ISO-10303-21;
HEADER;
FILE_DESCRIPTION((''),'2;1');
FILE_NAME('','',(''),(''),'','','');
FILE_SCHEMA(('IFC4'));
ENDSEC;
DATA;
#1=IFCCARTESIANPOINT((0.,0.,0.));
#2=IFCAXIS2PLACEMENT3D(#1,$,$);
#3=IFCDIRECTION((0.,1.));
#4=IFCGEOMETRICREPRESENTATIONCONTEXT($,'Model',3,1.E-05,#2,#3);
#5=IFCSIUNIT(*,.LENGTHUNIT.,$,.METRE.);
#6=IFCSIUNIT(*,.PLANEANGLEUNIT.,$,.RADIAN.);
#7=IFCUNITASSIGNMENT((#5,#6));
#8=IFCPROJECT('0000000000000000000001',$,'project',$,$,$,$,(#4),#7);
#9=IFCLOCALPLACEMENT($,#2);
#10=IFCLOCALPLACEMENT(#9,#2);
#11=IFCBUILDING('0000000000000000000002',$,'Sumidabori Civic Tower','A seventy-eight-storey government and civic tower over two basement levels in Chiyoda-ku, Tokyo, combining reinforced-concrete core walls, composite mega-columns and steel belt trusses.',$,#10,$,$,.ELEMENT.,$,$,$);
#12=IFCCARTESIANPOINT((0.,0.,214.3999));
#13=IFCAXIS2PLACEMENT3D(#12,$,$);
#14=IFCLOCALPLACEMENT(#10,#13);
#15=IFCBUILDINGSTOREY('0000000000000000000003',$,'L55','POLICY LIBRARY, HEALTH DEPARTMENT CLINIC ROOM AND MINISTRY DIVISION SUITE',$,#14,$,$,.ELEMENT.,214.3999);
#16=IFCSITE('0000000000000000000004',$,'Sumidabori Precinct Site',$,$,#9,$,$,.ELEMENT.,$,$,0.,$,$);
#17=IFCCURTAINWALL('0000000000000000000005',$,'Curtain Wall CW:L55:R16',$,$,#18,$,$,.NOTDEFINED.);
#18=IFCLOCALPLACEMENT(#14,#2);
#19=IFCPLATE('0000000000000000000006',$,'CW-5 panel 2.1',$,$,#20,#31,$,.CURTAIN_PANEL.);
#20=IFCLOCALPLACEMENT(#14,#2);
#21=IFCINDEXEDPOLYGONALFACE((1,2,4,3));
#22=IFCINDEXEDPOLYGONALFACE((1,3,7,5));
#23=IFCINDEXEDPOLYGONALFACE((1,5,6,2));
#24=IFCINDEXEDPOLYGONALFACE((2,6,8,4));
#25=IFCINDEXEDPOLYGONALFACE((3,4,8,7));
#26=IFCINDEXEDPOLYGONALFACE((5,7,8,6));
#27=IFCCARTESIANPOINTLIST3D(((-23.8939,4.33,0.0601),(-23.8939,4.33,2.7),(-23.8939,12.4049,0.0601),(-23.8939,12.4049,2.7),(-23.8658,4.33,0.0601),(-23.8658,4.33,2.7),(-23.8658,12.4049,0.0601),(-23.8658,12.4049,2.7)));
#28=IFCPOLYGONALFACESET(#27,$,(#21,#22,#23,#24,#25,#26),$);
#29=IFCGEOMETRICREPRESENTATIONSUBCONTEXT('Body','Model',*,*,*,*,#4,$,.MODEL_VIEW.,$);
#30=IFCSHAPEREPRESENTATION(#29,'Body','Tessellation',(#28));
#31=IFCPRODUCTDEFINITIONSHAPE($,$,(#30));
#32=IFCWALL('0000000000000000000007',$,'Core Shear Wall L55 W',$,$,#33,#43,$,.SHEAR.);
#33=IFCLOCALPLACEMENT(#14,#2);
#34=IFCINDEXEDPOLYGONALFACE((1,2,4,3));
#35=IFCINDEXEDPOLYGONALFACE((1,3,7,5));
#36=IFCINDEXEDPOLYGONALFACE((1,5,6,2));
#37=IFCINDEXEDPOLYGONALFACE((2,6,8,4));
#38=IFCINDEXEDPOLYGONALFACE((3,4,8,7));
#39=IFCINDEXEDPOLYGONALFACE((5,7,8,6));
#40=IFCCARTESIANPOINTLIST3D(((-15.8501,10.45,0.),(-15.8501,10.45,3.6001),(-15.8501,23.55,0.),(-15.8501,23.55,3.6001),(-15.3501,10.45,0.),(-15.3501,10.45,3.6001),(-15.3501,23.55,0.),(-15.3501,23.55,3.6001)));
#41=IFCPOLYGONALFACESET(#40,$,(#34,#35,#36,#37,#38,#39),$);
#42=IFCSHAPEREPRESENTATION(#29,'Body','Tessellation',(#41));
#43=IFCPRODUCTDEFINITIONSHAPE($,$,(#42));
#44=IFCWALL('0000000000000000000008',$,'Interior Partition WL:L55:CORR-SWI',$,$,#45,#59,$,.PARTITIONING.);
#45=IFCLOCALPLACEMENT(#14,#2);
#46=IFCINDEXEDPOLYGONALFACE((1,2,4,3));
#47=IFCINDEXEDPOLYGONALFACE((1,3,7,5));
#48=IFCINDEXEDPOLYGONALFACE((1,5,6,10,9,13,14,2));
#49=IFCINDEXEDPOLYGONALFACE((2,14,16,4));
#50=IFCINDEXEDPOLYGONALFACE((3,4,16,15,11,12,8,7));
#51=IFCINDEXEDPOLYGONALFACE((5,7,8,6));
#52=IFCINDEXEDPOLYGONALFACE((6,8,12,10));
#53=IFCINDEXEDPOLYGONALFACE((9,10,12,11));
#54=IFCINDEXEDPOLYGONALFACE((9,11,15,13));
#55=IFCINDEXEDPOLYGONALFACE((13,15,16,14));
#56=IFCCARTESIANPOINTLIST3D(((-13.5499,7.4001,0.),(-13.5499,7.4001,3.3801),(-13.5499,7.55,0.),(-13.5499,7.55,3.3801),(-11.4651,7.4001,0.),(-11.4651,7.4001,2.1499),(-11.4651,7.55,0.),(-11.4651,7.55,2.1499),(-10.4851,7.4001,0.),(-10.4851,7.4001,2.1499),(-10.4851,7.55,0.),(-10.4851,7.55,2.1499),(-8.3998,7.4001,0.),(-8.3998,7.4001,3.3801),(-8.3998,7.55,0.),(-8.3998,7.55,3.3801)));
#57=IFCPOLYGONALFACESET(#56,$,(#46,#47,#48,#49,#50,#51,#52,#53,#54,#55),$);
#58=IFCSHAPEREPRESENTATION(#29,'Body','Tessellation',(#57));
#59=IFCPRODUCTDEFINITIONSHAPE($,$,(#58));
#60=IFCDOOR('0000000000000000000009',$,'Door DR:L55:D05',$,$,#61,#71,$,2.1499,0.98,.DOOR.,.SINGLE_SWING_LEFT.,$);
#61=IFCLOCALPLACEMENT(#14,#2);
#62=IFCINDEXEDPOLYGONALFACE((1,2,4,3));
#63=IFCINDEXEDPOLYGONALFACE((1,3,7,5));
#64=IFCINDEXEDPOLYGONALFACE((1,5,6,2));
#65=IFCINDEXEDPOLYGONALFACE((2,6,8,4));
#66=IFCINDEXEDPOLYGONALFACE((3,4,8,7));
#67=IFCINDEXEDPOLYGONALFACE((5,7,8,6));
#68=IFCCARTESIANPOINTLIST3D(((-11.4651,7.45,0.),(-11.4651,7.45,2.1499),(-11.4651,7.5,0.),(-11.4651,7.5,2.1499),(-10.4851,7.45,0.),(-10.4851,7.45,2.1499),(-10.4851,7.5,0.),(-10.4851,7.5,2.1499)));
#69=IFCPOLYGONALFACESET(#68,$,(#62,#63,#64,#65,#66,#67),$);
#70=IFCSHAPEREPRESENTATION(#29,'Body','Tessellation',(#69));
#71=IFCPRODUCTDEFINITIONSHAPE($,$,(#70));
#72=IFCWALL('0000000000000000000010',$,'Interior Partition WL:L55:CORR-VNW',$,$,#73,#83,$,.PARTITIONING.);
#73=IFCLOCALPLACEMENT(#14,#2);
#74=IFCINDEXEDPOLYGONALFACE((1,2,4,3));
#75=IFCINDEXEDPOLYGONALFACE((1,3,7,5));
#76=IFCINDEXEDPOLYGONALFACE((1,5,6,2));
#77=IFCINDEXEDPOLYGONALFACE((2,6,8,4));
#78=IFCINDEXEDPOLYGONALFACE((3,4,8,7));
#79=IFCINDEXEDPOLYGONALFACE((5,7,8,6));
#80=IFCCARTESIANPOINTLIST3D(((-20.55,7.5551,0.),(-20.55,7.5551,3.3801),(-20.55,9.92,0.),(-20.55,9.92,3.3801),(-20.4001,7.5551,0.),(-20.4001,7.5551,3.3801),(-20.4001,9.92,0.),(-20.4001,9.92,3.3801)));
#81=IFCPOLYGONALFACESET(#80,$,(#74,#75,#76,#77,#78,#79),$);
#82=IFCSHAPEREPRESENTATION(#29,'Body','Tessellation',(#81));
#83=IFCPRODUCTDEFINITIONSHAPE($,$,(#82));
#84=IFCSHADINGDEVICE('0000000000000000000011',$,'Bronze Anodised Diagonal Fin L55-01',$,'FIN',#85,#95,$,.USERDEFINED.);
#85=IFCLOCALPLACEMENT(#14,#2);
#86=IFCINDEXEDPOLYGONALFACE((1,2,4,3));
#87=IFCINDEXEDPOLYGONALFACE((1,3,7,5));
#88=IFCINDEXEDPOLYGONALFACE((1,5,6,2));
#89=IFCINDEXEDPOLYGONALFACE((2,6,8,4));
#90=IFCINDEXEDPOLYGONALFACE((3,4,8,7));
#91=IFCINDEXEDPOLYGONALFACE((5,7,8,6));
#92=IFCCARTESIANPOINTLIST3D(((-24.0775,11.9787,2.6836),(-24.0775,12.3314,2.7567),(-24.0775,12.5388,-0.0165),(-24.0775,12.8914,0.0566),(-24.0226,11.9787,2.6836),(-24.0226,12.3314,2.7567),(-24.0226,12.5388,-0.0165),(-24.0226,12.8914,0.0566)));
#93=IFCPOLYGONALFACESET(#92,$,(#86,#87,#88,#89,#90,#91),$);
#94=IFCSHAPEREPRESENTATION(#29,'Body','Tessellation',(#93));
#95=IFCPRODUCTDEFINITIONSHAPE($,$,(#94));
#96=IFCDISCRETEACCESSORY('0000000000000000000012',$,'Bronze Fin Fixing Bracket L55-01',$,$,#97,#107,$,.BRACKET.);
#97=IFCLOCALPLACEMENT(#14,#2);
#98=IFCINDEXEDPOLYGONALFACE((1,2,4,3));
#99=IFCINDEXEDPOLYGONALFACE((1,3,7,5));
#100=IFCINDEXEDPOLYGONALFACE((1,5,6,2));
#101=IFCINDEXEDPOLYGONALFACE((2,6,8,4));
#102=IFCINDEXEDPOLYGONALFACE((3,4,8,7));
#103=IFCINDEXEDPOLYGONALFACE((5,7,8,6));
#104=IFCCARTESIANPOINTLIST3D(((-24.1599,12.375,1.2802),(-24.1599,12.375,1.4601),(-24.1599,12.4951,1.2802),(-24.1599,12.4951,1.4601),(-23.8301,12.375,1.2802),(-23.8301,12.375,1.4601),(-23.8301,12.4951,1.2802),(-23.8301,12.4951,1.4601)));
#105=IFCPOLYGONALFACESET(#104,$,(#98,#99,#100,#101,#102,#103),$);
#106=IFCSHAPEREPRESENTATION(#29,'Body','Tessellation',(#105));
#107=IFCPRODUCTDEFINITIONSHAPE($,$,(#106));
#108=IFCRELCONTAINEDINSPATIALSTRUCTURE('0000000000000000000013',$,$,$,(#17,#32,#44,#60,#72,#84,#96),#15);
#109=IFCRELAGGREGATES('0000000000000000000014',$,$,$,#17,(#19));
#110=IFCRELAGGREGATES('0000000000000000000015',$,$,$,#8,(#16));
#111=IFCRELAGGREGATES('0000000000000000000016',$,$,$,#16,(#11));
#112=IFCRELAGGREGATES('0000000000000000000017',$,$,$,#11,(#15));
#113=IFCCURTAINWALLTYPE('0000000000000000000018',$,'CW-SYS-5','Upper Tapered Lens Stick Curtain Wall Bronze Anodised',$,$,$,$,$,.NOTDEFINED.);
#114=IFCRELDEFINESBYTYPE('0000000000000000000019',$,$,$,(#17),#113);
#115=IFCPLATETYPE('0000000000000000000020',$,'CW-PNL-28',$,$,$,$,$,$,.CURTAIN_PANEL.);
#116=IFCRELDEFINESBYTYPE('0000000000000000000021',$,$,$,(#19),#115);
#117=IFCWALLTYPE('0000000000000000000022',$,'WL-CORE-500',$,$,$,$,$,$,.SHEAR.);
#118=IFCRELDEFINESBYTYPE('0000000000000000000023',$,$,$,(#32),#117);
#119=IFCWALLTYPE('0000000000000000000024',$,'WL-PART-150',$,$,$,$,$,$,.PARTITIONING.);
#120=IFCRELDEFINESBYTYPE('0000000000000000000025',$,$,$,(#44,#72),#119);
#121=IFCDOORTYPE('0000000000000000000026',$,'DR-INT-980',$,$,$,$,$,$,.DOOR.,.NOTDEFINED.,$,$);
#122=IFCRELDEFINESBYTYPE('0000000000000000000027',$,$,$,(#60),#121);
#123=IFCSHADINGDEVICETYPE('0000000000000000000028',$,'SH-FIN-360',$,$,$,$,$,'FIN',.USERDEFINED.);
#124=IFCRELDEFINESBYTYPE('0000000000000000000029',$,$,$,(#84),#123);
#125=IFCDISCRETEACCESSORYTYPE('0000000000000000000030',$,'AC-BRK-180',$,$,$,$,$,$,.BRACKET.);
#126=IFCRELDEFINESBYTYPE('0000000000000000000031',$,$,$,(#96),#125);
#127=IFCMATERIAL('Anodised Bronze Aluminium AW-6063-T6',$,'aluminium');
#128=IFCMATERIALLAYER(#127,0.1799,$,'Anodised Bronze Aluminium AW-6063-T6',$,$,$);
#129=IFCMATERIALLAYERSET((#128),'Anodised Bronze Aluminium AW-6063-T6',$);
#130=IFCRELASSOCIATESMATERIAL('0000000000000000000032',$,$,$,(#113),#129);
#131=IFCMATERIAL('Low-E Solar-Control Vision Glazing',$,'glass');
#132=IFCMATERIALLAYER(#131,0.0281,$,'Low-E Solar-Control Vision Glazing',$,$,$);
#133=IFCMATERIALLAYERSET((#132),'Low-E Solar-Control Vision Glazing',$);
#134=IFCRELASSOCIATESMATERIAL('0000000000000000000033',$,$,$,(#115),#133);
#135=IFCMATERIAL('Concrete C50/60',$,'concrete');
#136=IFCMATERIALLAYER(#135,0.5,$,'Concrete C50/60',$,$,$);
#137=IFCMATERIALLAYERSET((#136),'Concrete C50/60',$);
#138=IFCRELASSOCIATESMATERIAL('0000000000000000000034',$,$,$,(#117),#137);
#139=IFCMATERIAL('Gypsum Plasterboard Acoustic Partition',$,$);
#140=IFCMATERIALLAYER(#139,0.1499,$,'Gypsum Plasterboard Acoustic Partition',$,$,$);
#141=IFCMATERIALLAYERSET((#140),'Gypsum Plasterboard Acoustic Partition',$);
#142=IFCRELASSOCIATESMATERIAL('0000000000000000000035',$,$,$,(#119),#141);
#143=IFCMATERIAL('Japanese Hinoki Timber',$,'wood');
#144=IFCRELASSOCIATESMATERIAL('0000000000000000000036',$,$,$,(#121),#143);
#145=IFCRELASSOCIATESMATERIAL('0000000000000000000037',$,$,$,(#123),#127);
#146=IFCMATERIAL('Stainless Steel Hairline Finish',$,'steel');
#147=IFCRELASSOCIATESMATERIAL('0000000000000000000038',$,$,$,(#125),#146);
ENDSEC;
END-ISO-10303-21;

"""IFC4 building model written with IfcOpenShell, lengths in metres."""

from ifc_helpers import new_model, si_unit, direction, frame, frame_2d, origin, origin_2d, place, context, subcontext, project, spatial, rectangle, extrude, source, transform, mapped, material, layer, layer_set, material_profile, profile_set, type_object, element, fill, aggregate, save


model = new_model("IFC4")

# Units and contexts
model_context = context("Model", 3, precision=1e-05, world=origin(), true_north=direction((0.0, 1.0)))
body_context = subcontext(model_context, "Body", "Model", "MODEL_VIEW")
ifc_project = project(units=[si_unit("LENGTHUNIT", "METRE"), si_unit("PLANEANGLEUNIT", "RADIAN")], contexts=[model_context])

# Site, building, storey
site_placement = place(None, origin())
site = spatial("IfcSite", under=ifc_project, at=site_placement, Name="Sumidabori Precinct Site", CompositionType="ELEMENT", RefElevation=0.0)
building_placement = place(site_placement, origin())
building = spatial("IfcBuilding", under=site, at=building_placement, Name="Sumidabori Civic Tower", Description="A seventy-eight-storey government and civic tower over two basement levels in Chiyoda-ku, Tokyo, combining reinforced-concrete core walls, composite mega-columns and steel belt trusses.", CompositionType="ELEMENT")
storey_placement = place(building_placement, frame((0.0, 0.0, 214.3999)))
storey = spatial("IfcBuildingStorey", under=building, at=storey_placement, Name="L55", Description="POLICY LIBRARY, HEALTH DEPARTMENT CLINIC ROOM AND MINISTRY DIVISION SUITE", CompositionType="ELEMENT", Elevation=214.3999)

# Curtain wall, plate
ifc_material_1 = material(Name="Anodised Bronze Aluminium AW-6063-T6", Category="aluminium")
ifc_layer_1 = layer(ifc_material_1, 0.1799, Name="Anodised Bronze Aluminium AW-6063-T6")
ifc_layer_set_1 = layer_set([ifc_layer_1], Name="Anodised Bronze Aluminium AW-6063-T6")
curtain_wall_type = type_object("IfcCurtainWallType", Name="CW-SYS-5", Description="Upper Tapered Lens Stick Curtain Wall Bronze Anodised", PredefinedType="NOTDEFINED", material=ifc_layer_set_1)
curtain_wall_placement = place(storey_placement, origin())
curtain_wall = element("IfcCurtainWall", 1, at=curtain_wall_placement, inside=storey, type_object=curtain_wall_type, Name="Curtain Wall CW:L55:R16", PredefinedType="NOTDEFINED")
ifc_material_2 = material(Name="Low-E Solar-Control Vision Glazing", Category="glass")
ifc_layer_2 = layer(ifc_material_2, 0.0281, Name="Low-E Solar-Control Vision Glazing")
ifc_layer_set_2 = layer_set([ifc_layer_2], Name="Low-E Solar-Control Vision Glazing")
plate_type = type_object("IfcPlateType", Name="CW-PNL-28", PredefinedType="CURTAIN_PANEL", material=ifc_layer_set_2)
shared_shape_1 = source(origin(), body_context, "Body", "SweptSolid", [
    extrude(rectangle(XDim=8.075, YDim=0.0281, at=origin_2d()), origin(), (0.0, 0.0, 1.0), 2.6399),
])
plate_placement = place(storey_placement, frame((-23.8799, 8.3674, 0.0601), z_axis=(0.0, 0.0, 1.0), x_axis=(0.0, -1.0, 0.0)))
plate = element("IfcPlate", 2, at=plate_placement, type_object=plate_type, Name="CW-5 panel 2.1", PredefinedType="CURTAIN_PANEL", context=body_context, shape_type="MappedRepresentation", body=[
    mapped(shared_shape_1, transform((0.0, 0.0, 0.0), x_axis=(1.0, 0.0, 0.0), y_axis=(0.0, 1.0, 0.0), z_axis=(0.0, 0.0, 1.0), scale=1.0)),
])
aggregate(curtain_wall, [plate])

# Shared definitions
ifc_material_3 = material(Name="Concrete C50/60", Category="concrete")
ifc_layer_3 = layer(ifc_material_3, 0.5, Name="Concrete C50/60")
ifc_layer_set_3 = layer_set([ifc_layer_3], Name="Concrete C50/60")
wall_type_1 = type_object("IfcWallType", Name="WL-CORE-500", PredefinedType="SHEAR", material=ifc_layer_set_3)

# Wall
shared_shape_2 = source(origin(), body_context, "Body", "SweptSolid", [
    extrude(rectangle(XDim=13.1001, YDim=0.5, at=frame_2d((6.55, 0.0))), origin(), (0.0, 0.0, 1.0), 3.6001),
])
wall_1_placement = place(storey_placement, frame((-15.6001, 10.45, 0.0), z_axis=(0.0, 0.0, 1.0), x_axis=(0.0, 1.0, 0.0)))
element("IfcWall", 3, at=wall_1_placement, inside=storey, type_object=wall_type_1, Name="Core Shear Wall L55 W", PredefinedType="SHEAR", context=body_context, shape_type="MappedRepresentation", body=[
    mapped(shared_shape_2, transform((0.0, 0.0, 0.0), x_axis=(1.0, 0.0, 0.0), y_axis=(0.0, 1.0, 0.0), z_axis=(0.0, 0.0, 1.0), scale=1.0)),
])

# Wall, opening, door
ifc_material_4 = material(Name="Gypsum Plasterboard Acoustic Partition")
ifc_layer_4 = layer(ifc_material_4, 0.1499, Name="Gypsum Plasterboard Acoustic Partition")
ifc_layer_set_4 = layer_set([ifc_layer_4], Name="Gypsum Plasterboard Acoustic Partition")
wall_type_2 = type_object("IfcWallType", Name="WL-PART-150", PredefinedType="PARTITIONING", material=ifc_layer_set_4)
ifc_material_5 = material(Name="Japanese Hinoki Timber", Category="wood")
shared_shape_3 = source(origin(), body_context, "Body", "SweptSolid", [
    extrude(rectangle(XDim=5.1501, YDim=0.1499, at=frame_2d((2.5752, 0.0))), origin(), (0.0, 0.0, 1.0), 3.3801),
])
wall_2_placement = place(storey_placement, frame((-13.55, 7.4751, 0.0), z_axis=(0.0, 0.0, 1.0), x_axis=(1.0, 0.0, 0.0)))
wall_2 = element("IfcWall", 4, at=wall_2_placement, inside=storey, type_object=wall_type_2, Name="Interior Partition WL:L55:CORR-SWI", PredefinedType="PARTITIONING", context=body_context, shape_type="MappedRepresentation", body=[
    mapped(shared_shape_3, transform((0.0, 0.0, 0.0), x_axis=(1.0, 0.0, 0.0), y_axis=(0.0, 1.0, 0.0), z_axis=(0.0, 0.0, 1.0), scale=1.0)),
])
opening_1_placement = place(wall_2_placement, frame((2.085, 0.0, 0.0)))
opening_1 = element("IfcOpeningElement", 5, at=opening_1_placement, cuts=wall_2, PredefinedType="OPENING", context=body_context, shape_type="SweptSolid", body=[
    extrude(rectangle(XDim=0.98, YDim=2.1499, at=frame_2d((0.49, 1.075))), frame((0.0, 0.0869, 0.0), z_axis=(0.0, -1.0, 0.0), x_axis=(1.0, 0.0, 0.0)), (0.0, 0.0, 1.0), 0.1738),
])
door_type_1 = type_object("IfcDoorType", Name="DR-INT-980", OperationType="NOTDEFINED", PredefinedType="DOOR", material=ifc_material_5)
shared_shape_4 = source(origin(), body_context, "Body", "SweptSolid", [
    extrude(rectangle(XDim=0.98, YDim=2.1499, at=frame_2d((0.49, 1.075))), frame((0.0, 0.0249, 0.0), z_axis=(0.0, -1.0, 0.0), x_axis=(1.0, 0.0, 0.0)), (0.0, 0.0, 1.0), 0.05),
])
door_1_placement = place(opening_1_placement, origin())
door_1 = element("IfcDoor", 6, at=door_1_placement, inside=storey, type_object=door_type_1, Name="Door DR:L55:D05", OperationType="SINGLE_SWING_LEFT", OverallHeight=2.1499, OverallWidth=0.98, PredefinedType="DOOR", context=body_context, shape_type="MappedRepresentation", body=[
    mapped(shared_shape_4, transform((0.0, 0.0, 0.0), x_axis=(1.0, 0.0, 0.0), y_axis=(0.0, 1.0, 0.0), z_axis=(0.0, 0.0, 1.0), scale=1.0)),
])
fill(opening_1, door_1)

# Wall
shared_shape_5 = source(origin(), body_context, "Body", "SweptSolid", [
    extrude(rectangle(XDim=2.365, YDim=0.1499, at=frame_2d((1.1826, 0.0))), origin(), (0.0, 0.0, 1.0), 3.3801),
])
wall_3_placement = place(storey_placement, frame((-20.4751, 7.5549, 0.0), z_axis=(0.0, 0.0, 1.0), x_axis=(0.0, 1.0, 0.0)))
element("IfcWall", 7, at=wall_3_placement, inside=storey, type_object=wall_type_2, Name="Interior Partition WL:L55:CORR-VNW", PredefinedType="PARTITIONING", context=body_context, shape_type="MappedRepresentation", body=[
    mapped(shared_shape_5, transform((0.0, 0.0, 0.0), x_axis=(1.0, 0.0, 0.0), y_axis=(0.0, 1.0, 0.0), z_axis=(0.0, 0.0, 1.0), scale=1.0)),
])

# Shading device
ifc_material_profile_1 = material_profile(ifc_material_1, rectangle(XDim=0.0549, YDim=0.3601, at=origin_2d()), Name="BRONZE FIN 360x55")
ifc_profile_set_1 = profile_set([ifc_material_profile_1], Name="Anodised Bronze Aluminium AW-6063-T6")
shading_device_type = type_object("IfcShadingDeviceType", Name="SH-FIN-360", ElementType="FIN", PredefinedType="USERDEFINED", material=ifc_profile_set_1)
shared_shape_6 = source(origin(), body_context, "Body", "SweptSolid", [
    extrude(rectangle(XDim=0.0549, YDim=0.3601, at=origin_2d()), origin(), (0.0, 0.0, 1.0), 2.7576),
])
shading_device_placement = place(storey_placement, frame((-24.05, 12.7151, 0.02), z_axis=(0.0, -0.203092, 0.97916), x_axis=(-1.0, 0.0, 0.0)))
element("IfcShadingDevice", 8, at=shading_device_placement, inside=storey, type_object=shading_device_type, Name="Bronze Anodised Diagonal Fin L55-01", ObjectType="FIN", PredefinedType="USERDEFINED", context=body_context, shape_type="MappedRepresentation", body=[
    mapped(shared_shape_6, transform((0.0, 0.0, 0.0), x_axis=(1.0, 0.0, 0.0), y_axis=(0.0, 1.0, 0.0), z_axis=(0.0, 0.0, 1.0), scale=1.0)),
])

# Discrete accessory
ifc_material_6 = material(Name="Stainless Steel Hairline Finish", Category="steel")
ifc_material_profile_2 = material_profile(ifc_material_6, rectangle(XDim=0.1201, YDim=0.1799, at=origin_2d()), Name="STEEL BRACKET 180x120")
ifc_profile_set_2 = profile_set([ifc_material_profile_2], Name="Stainless Steel Hairline Finish")
discrete_accessory_type = type_object("IfcDiscreteAccessoryType", Name="AC-BRK-180", PredefinedType="BRACKET", material=ifc_profile_set_2)
shared_shape_7 = source(origin(), body_context, "Body", "SweptSolid", [
    extrude(rectangle(XDim=0.1201, YDim=0.1799, at=origin_2d()), origin(), (0.0, 0.0, 1.0), 0.3298),
])
discrete_accessory_placement = place(storey_placement, frame((-23.8301, 12.4351, 1.3701), z_axis=(-1.0, 0.0, 0.0), x_axis=(0.0, -1.0, 0.0)))
element("IfcDiscreteAccessory", 9, at=discrete_accessory_placement, inside=storey, type_object=discrete_accessory_type, Name="Bronze Fin Fixing Bracket L55-01", PredefinedType="BRACKET", context=body_context, shape_type="MappedRepresentation", body=[
    mapped(shared_shape_7, transform((0.0, 0.0, 0.0), x_axis=(1.0, 0.0, 0.0), y_axis=(0.0, 1.0, 0.0), z_axis=(0.0, 0.0, 1.0), scale=1.0)),
])

save(model, "model.ifc")
